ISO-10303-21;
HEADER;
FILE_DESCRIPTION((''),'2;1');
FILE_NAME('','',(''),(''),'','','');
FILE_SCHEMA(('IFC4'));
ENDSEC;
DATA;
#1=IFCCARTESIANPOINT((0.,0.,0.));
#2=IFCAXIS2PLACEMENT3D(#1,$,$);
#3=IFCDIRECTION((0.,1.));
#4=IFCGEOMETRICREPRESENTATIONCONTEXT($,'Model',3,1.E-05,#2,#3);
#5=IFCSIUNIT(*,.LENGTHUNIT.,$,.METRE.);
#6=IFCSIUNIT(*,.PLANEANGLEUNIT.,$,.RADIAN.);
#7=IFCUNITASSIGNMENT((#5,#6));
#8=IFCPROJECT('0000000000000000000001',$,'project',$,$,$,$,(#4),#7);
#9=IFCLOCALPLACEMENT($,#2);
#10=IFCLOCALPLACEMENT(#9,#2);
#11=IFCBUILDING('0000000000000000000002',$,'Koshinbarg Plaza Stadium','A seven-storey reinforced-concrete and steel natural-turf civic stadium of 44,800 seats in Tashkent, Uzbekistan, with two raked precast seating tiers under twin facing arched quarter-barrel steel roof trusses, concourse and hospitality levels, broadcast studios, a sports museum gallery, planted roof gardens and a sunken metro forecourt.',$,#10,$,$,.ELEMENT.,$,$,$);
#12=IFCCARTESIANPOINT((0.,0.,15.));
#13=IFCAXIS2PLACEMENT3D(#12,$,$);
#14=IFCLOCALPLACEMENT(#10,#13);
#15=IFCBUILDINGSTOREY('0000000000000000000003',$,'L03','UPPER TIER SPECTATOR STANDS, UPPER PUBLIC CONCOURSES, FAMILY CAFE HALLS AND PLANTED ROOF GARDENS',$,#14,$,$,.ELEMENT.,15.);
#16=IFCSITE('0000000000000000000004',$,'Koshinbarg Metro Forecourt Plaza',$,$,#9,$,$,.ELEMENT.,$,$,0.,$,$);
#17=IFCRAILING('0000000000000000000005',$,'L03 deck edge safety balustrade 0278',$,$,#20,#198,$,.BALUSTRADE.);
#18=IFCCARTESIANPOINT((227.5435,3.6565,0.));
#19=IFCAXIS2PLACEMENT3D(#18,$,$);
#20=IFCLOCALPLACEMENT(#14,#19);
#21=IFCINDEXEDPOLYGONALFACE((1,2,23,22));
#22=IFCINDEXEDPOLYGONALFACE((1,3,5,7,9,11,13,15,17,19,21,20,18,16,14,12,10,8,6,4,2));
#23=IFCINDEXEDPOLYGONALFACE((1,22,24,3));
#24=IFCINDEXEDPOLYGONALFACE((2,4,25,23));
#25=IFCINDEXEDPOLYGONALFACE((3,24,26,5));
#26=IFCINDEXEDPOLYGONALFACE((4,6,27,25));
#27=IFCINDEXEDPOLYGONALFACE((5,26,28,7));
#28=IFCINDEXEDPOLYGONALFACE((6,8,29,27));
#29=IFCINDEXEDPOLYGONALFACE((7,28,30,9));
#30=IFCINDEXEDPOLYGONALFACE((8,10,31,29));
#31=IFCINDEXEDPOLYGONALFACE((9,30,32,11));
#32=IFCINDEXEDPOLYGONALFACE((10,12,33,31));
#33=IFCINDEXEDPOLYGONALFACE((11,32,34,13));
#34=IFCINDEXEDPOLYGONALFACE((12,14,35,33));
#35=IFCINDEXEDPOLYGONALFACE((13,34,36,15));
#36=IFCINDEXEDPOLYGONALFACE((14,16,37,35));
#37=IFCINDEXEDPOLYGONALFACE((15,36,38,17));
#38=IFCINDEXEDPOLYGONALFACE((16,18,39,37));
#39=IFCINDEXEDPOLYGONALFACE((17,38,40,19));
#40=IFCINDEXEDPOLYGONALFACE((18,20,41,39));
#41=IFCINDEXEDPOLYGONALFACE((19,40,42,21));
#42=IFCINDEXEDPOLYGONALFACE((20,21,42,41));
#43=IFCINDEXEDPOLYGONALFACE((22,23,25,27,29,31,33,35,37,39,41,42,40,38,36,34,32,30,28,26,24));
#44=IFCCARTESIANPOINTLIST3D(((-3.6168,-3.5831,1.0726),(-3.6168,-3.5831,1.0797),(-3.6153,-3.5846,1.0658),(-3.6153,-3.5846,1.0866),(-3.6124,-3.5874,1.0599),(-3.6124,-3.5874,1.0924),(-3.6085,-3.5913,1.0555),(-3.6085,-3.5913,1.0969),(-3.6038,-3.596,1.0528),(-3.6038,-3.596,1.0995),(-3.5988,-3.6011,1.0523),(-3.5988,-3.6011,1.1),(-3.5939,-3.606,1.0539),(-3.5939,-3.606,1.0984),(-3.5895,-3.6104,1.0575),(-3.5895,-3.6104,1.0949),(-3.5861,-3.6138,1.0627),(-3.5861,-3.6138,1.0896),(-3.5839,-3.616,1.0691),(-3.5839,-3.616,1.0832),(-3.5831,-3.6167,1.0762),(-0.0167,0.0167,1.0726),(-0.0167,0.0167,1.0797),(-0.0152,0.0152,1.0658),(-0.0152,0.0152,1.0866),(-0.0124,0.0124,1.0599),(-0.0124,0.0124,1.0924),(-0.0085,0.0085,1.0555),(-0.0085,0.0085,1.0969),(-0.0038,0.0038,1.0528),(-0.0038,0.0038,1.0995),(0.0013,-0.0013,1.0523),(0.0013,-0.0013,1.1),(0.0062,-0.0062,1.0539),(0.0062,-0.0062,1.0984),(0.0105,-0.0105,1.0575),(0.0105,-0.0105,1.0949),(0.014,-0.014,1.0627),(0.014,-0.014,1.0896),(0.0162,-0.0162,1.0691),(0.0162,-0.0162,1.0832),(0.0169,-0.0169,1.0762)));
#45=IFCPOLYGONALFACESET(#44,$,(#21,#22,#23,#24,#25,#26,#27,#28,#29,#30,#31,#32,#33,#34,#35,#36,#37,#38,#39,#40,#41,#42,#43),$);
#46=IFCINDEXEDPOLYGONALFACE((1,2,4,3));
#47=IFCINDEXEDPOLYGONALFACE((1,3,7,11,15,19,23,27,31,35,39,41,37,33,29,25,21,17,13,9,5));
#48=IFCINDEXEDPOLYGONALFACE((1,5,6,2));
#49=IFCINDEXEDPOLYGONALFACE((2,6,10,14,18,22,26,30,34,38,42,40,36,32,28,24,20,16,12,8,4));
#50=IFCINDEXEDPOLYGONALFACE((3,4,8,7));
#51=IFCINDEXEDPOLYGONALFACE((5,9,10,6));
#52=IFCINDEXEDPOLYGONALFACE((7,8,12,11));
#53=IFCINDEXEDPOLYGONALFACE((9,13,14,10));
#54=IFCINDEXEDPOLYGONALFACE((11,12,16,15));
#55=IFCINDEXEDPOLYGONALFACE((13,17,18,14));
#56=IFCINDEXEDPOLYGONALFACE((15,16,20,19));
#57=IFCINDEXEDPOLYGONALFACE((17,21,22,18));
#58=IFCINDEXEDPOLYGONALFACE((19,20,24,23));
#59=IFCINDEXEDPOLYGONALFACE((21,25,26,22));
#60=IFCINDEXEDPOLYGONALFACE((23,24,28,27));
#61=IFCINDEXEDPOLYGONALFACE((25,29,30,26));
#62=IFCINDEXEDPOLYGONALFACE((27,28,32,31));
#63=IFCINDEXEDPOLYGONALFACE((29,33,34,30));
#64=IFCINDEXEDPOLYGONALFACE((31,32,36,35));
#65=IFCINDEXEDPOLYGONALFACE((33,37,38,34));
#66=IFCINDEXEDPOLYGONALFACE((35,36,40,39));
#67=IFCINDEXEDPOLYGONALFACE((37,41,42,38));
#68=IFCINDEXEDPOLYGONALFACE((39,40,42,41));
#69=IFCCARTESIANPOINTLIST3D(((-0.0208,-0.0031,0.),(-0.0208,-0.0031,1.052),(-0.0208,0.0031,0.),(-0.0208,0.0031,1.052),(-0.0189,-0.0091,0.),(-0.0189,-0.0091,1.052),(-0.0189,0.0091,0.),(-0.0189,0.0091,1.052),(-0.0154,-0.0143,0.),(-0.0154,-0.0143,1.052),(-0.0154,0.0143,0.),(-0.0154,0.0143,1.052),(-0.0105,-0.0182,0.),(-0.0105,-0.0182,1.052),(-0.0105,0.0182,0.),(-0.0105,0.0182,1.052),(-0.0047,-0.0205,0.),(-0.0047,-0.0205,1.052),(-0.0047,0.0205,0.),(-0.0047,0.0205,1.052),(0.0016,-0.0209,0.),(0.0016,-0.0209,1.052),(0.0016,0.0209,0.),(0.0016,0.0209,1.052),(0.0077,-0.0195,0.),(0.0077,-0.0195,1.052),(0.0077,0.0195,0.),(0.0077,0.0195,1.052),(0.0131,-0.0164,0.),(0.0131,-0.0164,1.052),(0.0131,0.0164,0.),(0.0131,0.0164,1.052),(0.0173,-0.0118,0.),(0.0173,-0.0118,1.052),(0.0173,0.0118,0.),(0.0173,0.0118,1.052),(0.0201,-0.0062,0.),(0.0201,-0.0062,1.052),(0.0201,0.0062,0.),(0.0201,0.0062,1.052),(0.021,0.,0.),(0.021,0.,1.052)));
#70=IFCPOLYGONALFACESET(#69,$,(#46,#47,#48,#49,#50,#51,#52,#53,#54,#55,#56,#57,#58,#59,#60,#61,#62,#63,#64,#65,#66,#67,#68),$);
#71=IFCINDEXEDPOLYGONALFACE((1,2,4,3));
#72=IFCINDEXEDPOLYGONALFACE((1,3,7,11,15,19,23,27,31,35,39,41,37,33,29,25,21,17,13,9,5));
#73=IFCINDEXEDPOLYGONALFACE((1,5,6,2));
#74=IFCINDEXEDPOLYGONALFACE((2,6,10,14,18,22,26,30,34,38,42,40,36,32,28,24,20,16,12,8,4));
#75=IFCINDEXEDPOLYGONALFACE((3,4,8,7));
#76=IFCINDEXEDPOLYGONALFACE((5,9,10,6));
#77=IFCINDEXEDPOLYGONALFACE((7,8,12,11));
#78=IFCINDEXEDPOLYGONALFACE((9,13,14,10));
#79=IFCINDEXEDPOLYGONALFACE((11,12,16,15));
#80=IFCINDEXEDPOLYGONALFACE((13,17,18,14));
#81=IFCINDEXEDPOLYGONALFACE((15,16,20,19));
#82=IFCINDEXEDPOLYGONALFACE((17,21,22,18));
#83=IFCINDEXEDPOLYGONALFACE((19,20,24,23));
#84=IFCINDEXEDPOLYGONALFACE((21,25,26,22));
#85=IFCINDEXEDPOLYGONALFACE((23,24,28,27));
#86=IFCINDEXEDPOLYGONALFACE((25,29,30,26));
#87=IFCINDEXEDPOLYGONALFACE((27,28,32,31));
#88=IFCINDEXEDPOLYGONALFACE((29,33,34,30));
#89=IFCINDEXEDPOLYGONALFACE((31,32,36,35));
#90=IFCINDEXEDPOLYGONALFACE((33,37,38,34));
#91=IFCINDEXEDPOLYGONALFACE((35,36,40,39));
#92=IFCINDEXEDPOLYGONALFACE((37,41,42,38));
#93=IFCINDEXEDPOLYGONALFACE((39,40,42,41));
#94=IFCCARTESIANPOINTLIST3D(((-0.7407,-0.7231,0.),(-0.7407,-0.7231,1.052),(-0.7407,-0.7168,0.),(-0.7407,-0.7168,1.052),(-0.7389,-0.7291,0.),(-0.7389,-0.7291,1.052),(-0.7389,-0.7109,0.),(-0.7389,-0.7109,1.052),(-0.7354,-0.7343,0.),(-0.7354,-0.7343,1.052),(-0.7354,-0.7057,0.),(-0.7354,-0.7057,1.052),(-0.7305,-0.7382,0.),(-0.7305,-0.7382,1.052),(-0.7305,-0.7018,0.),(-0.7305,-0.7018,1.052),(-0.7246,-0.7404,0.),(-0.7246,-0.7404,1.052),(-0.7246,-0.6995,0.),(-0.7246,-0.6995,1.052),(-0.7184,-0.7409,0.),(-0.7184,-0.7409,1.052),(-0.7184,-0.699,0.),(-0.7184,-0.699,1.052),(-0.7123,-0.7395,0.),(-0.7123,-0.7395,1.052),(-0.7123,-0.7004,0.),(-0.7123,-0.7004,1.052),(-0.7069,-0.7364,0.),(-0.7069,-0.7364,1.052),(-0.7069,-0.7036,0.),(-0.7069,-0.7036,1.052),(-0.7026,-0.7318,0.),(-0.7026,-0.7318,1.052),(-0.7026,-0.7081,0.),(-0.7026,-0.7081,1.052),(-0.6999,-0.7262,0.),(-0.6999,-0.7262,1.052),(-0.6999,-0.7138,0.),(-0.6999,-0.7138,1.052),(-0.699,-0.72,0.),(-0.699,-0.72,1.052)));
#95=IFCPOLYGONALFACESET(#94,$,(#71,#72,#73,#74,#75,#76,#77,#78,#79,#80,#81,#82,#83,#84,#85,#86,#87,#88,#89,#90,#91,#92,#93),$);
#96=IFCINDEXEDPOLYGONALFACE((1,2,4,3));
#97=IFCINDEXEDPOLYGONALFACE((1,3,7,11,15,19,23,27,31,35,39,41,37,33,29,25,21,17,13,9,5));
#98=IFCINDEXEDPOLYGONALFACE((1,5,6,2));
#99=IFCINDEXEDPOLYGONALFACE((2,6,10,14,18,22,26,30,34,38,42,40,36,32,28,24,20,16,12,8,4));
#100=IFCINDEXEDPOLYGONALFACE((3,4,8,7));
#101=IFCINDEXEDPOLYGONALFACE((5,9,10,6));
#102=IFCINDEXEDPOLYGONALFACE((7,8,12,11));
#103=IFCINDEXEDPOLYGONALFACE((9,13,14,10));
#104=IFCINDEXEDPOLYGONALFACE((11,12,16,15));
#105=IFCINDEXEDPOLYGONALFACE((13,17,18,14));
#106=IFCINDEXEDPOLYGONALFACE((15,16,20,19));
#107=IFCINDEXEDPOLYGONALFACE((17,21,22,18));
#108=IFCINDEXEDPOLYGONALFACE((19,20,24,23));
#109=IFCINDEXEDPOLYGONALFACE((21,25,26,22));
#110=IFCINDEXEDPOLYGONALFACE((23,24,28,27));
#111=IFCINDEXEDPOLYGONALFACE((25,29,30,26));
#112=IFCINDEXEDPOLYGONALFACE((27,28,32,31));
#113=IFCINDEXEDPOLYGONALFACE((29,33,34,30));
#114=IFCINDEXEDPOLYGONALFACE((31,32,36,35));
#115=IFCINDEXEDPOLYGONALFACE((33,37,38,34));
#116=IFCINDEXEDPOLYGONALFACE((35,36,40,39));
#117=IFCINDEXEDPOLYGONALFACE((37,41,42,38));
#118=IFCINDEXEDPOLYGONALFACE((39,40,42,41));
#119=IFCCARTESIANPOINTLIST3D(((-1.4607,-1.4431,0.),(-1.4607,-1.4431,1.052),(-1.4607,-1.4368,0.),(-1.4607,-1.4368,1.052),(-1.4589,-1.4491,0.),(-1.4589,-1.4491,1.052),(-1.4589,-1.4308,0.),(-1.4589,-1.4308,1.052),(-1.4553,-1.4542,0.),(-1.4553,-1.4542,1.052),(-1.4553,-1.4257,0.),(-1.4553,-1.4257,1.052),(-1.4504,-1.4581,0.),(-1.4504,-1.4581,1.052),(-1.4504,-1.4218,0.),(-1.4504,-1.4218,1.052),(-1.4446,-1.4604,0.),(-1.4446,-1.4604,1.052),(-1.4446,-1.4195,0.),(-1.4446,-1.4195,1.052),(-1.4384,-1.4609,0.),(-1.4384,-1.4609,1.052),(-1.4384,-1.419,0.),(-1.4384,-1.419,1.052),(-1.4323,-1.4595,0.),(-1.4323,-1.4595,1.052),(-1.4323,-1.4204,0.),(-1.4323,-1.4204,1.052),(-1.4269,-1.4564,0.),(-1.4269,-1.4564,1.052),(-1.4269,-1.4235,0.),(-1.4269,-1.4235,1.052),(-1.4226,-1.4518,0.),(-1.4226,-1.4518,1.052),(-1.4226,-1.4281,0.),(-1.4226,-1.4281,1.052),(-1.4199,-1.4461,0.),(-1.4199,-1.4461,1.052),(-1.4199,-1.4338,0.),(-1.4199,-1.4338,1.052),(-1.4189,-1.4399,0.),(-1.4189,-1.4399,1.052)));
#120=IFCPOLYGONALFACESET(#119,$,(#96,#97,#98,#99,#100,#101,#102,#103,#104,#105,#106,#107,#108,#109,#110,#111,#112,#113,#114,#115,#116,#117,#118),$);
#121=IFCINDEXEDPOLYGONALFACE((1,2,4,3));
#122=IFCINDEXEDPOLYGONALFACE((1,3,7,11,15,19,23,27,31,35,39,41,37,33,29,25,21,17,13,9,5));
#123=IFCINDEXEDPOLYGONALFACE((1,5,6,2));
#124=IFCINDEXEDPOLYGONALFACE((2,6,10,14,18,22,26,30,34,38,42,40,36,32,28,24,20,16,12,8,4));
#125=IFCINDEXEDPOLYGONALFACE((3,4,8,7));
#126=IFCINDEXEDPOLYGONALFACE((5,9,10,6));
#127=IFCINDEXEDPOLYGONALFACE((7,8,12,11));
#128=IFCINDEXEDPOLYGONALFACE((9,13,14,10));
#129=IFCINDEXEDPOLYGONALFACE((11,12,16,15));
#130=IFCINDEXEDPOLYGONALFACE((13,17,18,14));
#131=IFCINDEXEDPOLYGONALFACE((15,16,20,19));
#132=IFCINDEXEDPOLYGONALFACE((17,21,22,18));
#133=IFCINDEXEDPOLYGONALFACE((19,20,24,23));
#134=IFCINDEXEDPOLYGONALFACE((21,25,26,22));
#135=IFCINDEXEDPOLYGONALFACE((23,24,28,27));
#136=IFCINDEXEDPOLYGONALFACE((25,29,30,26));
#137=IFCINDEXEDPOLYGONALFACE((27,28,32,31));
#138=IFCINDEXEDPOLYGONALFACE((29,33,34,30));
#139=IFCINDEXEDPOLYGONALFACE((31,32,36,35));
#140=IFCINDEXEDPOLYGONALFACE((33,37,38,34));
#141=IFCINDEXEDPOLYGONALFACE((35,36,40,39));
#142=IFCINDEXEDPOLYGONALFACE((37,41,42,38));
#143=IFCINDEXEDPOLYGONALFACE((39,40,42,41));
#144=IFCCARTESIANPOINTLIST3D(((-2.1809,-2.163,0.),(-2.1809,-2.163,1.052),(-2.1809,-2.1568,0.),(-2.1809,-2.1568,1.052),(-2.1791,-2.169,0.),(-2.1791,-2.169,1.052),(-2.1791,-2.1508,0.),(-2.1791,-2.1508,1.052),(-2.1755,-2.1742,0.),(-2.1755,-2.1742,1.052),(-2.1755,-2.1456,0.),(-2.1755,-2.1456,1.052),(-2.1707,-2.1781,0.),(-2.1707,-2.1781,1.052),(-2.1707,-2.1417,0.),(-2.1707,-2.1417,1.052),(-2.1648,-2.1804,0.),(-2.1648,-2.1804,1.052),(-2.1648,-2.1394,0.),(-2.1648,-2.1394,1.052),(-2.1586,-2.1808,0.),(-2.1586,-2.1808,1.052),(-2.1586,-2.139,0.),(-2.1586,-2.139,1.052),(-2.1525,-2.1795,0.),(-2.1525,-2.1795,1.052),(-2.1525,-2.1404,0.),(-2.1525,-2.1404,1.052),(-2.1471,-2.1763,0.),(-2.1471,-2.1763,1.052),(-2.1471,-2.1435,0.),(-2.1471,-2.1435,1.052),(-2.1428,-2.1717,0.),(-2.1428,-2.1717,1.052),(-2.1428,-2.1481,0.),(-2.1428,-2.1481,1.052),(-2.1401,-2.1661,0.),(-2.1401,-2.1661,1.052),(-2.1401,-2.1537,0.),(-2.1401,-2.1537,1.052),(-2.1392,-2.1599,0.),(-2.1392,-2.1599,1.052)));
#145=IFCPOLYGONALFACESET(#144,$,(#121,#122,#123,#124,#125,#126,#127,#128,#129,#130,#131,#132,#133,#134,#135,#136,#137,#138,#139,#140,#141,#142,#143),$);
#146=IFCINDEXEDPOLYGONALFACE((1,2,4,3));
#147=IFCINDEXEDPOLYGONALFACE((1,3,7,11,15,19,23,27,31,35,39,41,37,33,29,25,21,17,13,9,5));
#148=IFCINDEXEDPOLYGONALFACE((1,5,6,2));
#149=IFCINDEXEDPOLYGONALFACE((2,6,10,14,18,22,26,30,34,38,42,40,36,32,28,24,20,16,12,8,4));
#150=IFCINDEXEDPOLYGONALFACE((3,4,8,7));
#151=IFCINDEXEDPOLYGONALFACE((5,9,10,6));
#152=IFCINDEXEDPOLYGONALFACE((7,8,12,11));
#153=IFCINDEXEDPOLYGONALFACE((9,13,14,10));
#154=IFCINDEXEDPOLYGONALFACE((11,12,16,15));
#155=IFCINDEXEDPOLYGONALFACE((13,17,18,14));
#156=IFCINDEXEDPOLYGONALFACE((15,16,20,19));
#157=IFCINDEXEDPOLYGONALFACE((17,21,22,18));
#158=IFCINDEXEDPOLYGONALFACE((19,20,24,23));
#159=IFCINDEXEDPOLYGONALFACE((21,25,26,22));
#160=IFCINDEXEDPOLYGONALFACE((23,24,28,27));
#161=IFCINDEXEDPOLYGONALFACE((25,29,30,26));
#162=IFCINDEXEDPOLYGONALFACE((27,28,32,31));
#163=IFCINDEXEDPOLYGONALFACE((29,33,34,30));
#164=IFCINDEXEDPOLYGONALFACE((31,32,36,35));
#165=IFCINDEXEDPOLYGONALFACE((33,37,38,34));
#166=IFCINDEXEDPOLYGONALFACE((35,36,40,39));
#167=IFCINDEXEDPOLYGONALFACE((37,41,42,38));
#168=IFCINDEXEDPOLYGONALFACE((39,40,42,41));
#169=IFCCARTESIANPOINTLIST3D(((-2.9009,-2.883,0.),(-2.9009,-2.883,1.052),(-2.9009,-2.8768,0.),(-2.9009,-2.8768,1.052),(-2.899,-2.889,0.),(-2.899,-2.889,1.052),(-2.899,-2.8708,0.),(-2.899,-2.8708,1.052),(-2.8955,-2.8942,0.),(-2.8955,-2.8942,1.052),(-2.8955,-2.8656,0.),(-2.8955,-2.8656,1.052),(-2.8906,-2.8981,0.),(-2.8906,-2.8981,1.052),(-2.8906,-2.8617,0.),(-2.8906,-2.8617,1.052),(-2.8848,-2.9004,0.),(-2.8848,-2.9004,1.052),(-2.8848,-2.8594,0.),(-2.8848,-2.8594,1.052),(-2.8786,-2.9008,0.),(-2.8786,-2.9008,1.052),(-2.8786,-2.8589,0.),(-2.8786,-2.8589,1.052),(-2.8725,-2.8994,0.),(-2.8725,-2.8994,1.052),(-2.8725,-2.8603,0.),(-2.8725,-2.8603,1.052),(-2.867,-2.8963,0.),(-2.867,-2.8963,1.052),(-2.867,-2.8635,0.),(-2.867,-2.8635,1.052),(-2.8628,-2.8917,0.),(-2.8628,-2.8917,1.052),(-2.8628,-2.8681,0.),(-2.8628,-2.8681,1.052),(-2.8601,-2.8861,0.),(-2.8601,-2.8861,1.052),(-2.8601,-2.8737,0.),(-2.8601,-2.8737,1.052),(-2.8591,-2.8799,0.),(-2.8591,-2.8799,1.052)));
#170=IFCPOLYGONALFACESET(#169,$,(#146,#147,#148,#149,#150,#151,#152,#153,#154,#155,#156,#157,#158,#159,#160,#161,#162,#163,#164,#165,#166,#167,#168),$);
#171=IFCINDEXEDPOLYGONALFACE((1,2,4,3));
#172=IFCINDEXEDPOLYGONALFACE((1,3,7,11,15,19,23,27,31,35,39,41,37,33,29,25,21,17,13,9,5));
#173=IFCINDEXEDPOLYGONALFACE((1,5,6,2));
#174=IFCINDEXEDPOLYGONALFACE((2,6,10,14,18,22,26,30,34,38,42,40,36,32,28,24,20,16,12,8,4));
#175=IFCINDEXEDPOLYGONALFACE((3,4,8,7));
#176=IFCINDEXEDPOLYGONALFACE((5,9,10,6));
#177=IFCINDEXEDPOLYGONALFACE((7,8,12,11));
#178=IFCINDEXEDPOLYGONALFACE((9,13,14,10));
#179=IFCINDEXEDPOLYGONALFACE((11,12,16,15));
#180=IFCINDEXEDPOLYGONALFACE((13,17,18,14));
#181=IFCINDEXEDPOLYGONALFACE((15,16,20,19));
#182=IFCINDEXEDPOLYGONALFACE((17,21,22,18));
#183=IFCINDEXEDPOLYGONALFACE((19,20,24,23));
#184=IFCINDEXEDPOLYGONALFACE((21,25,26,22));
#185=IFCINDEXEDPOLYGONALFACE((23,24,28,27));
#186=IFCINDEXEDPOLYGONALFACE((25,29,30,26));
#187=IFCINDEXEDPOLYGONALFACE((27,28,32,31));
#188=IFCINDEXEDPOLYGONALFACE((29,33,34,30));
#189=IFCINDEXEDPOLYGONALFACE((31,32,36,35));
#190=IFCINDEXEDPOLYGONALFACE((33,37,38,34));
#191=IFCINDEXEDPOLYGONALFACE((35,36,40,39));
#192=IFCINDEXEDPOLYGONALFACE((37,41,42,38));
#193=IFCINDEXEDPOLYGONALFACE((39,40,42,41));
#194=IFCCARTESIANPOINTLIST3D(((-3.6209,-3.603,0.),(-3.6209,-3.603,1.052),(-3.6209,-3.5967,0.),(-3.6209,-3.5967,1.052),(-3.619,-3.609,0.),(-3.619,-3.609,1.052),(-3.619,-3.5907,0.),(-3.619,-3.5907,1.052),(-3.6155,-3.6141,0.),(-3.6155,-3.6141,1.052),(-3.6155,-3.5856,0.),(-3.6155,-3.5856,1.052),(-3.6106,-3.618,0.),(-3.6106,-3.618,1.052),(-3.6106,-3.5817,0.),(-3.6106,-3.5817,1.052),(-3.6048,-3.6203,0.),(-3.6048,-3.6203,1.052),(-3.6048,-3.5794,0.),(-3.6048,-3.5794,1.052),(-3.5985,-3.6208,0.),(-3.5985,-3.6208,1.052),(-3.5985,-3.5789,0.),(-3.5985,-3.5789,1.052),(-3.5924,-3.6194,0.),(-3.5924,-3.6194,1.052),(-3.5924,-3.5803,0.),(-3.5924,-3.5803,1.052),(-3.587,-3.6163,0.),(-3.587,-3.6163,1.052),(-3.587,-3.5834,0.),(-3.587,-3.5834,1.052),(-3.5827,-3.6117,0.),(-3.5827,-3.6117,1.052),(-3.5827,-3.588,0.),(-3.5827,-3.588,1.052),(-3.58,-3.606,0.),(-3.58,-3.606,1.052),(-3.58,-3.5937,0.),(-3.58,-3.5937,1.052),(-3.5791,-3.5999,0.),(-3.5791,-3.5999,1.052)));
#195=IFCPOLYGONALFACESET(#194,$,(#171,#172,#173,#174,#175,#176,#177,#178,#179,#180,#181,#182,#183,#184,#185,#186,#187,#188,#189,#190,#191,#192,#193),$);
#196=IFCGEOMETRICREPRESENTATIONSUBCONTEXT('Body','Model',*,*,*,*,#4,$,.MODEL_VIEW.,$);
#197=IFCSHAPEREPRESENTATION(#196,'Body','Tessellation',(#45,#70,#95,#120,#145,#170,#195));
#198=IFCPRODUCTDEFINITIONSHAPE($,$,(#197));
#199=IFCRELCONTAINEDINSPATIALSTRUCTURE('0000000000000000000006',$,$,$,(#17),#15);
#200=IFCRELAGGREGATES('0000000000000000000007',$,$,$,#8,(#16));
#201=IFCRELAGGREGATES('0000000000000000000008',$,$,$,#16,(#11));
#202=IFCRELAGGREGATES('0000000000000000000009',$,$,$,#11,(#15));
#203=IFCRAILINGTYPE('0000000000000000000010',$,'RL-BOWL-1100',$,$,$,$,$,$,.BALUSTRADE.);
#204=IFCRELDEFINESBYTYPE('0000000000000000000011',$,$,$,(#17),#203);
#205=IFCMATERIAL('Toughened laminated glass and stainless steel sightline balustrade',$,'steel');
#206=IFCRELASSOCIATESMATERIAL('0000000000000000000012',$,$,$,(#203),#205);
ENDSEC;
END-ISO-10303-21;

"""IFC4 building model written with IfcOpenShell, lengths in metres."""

from ifc_helpers import new_model, si_unit, direction, frame, origin, origin_2d, place, context, subcontext, project, spatial, circle, extrude, material, type_object, element, save


model = new_model("IFC4")

# Units and contexts
model_context = context("Model", 3, precision=1e-05, world=origin(), true_north=direction((0.0, 1.0)))
body_context = subcontext(model_context, "Body", "Model", "MODEL_VIEW")
ifc_project = project(units=[si_unit("LENGTHUNIT", "METRE"), si_unit("PLANEANGLEUNIT", "RADIAN")], contexts=[model_context])

# Site, building, storey
site_placement = place(None, origin())
site = spatial("IfcSite", under=ifc_project, at=site_placement, Name="Koshinbarg Metro Forecourt Plaza", CompositionType="ELEMENT", RefElevation=0.0)
building_placement = place(site_placement, origin())
building = spatial("IfcBuilding", under=site, at=building_placement, Name="Koshinbarg Plaza Stadium", Description="A seven-storey reinforced-concrete and steel natural-turf civic stadium of 44,800 seats in Tashkent, Uzbekistan, with two raked precast seating tiers under twin facing arched quarter-barrel steel roof trusses, concourse and hospitality levels, broadcast studios, a sports museum gallery, planted roof gardens and a sunken metro forecourt.", CompositionType="ELEMENT")
storey_placement = place(building_placement, frame((0.0, 0.0, 15.0)))
storey = spatial("IfcBuildingStorey", under=building, at=storey_placement, Name="L03", Description="UPPER TIER SPECTATOR STANDS, UPPER PUBLIC CONCOURSES, FAMILY CAFE HALLS AND PLANTED ROOF GARDENS", CompositionType="ELEMENT", Elevation=15.0)

# Railing
ifc_material_1 = material(Name="Toughened laminated glass and stainless steel sightline balustrade", Category="steel")
railing_type = type_object("IfcRailingType", Name="RL-BOWL-1100", PredefinedType="BALUSTRADE", material=ifc_material_1)
railing_1_placement = place(storey_placement, frame((227.5435, 3.6565, 0.0)))
element("IfcRailing", 1, at=railing_1_placement, inside=storey, type_object=railing_type, Name="L03 deck edge safety balustrade 0278", PredefinedType="BALUSTRADE", context=body_context, shape_type="SweptSolid", body=[
    extrude(circle(Radius=0.0239, at=origin_2d()), frame((0.0, 0.0, 1.0762), z_axis=(-0.707131, -0.707083, 0.0), x_axis=(0.707083, -0.707131, 0.0)), (0.0, 0.0, 1.0), 5.0911),
    extrude(circle(Radius=0.021, at=origin_2d()), origin(), (0.0, 0.0, 1.0), 1.052),
    extrude(circle(Radius=0.021, at=origin_2d()), frame((-0.72, -0.72, 0.0)), (0.0, 0.0, 1.0), 1.052),
    extrude(circle(Radius=0.021, at=origin_2d()), frame((-1.4399, -1.4399, 0.0)), (0.0, 0.0, 1.0), 1.052),
    extrude(circle(Radius=0.021, at=origin_2d()), frame((-2.1602, -2.1599, 0.0)), (0.0, 0.0, 1.0), 1.052),
    extrude(circle(Radius=0.021, at=origin_2d()), frame((-2.8801, -2.8799, 0.0)), (0.0, 0.0, 1.0), 1.052),
    extrude(circle(Radius=0.021, at=origin_2d()), frame((-3.6001, -3.5999, 0.0)), (0.0, 0.0, 1.0), 1.052),
])

save(model, "model.ifc")
